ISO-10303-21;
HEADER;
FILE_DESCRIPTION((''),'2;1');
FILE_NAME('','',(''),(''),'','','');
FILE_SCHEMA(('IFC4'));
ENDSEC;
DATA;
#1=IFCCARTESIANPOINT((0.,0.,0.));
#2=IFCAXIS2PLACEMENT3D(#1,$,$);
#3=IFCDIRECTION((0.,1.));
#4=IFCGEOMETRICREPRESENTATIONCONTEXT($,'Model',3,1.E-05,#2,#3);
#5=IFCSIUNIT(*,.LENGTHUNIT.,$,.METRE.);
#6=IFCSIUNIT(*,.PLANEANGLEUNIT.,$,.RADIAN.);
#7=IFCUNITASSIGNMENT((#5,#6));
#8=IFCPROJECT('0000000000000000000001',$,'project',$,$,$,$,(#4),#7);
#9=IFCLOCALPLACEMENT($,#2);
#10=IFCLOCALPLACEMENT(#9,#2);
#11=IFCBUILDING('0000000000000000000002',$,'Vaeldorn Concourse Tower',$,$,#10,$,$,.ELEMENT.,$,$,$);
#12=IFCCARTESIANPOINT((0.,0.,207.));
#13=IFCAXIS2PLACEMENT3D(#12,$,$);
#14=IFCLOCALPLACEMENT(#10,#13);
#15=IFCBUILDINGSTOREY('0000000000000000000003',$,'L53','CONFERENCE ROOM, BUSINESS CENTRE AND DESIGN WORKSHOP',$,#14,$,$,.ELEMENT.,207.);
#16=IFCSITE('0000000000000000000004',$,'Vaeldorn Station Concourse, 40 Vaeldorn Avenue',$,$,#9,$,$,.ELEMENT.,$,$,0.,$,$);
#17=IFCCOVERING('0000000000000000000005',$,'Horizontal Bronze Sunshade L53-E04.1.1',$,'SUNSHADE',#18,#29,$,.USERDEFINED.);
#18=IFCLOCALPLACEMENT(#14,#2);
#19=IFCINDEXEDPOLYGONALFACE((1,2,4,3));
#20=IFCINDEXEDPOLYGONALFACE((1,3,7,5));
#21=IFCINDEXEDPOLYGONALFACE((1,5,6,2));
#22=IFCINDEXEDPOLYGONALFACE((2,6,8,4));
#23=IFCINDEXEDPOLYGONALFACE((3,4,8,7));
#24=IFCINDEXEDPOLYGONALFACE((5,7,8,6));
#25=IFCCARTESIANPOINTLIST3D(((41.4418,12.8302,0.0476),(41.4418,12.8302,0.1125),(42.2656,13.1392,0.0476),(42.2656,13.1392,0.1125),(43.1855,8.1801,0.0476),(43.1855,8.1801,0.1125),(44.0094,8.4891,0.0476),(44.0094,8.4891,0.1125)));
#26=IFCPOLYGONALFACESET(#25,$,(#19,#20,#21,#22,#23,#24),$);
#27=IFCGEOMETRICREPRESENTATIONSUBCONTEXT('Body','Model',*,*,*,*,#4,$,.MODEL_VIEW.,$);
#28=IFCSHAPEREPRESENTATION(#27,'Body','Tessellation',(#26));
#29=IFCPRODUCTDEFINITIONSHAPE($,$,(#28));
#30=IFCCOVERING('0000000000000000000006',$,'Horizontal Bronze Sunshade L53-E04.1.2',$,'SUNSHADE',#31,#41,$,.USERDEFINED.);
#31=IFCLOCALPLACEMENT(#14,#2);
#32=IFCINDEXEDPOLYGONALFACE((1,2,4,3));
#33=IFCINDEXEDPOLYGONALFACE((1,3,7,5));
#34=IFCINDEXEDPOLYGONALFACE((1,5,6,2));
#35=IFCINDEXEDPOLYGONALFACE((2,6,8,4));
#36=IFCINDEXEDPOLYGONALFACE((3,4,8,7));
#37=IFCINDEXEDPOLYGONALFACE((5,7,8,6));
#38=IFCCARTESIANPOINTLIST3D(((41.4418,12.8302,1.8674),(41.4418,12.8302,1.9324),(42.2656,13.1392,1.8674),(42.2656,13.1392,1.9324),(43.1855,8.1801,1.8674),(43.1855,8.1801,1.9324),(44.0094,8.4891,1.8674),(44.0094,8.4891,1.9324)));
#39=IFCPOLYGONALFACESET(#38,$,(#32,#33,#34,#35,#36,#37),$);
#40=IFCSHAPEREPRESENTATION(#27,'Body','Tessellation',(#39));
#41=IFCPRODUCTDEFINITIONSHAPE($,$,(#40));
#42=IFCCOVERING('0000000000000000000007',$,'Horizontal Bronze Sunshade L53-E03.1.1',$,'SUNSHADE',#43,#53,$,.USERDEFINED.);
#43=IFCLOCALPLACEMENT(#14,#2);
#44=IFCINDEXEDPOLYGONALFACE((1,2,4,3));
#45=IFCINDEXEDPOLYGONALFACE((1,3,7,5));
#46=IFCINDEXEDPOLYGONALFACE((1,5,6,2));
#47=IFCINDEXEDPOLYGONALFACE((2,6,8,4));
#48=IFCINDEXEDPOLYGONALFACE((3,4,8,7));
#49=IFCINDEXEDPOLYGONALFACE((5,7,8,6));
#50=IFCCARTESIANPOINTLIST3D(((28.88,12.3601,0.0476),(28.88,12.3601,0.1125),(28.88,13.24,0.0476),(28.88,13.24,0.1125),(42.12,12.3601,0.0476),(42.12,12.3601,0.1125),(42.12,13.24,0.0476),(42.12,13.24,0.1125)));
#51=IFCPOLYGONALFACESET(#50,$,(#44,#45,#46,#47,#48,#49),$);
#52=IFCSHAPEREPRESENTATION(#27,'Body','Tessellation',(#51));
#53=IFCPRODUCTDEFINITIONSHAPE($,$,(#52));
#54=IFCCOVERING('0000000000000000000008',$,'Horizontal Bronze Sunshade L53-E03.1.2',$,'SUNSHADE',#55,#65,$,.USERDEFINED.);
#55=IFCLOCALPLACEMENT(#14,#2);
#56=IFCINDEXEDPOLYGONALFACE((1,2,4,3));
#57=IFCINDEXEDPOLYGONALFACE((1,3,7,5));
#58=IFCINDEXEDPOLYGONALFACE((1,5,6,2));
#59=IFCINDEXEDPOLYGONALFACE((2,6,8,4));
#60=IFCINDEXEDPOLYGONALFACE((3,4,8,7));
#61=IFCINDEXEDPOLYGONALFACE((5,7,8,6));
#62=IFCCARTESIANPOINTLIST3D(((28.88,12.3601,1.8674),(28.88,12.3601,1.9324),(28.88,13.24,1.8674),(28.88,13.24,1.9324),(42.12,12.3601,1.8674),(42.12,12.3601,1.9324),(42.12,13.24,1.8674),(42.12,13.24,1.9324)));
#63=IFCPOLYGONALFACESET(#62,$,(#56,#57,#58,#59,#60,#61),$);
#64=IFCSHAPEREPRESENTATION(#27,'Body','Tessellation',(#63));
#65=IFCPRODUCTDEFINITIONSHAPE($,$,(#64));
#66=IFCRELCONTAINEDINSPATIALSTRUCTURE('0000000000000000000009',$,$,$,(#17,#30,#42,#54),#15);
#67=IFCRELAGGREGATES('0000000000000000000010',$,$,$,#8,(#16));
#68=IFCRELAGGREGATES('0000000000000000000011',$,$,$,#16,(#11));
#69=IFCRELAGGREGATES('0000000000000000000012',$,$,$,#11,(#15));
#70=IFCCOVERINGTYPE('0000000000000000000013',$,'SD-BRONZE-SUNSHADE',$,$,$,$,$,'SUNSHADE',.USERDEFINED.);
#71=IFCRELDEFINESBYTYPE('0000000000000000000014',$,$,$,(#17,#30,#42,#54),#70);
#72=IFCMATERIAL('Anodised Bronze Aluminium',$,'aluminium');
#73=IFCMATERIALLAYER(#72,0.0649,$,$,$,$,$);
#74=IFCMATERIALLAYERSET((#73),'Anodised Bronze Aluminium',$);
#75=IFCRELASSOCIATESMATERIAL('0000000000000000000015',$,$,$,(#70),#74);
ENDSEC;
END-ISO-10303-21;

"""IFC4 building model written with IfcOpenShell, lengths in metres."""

from ifc_helpers import new_model, si_unit, direction, frame, origin, origin_2d, place, context, subcontext, project, spatial, rectangle, extrude, source, transform, mapped, material, layer, layer_set, type_object, element, save


model = new_model("IFC4")

# Units and contexts
model_context = context("Model", 3, precision=1e-05, world=origin(), true_north=direction((0.0, 1.0)))
body_context = subcontext(model_context, "Body", "Model", "MODEL_VIEW")
ifc_project = project(units=[si_unit("LENGTHUNIT", "METRE"), si_unit("PLANEANGLEUNIT", "RADIAN")], contexts=[model_context])

# Site, building, storey
site_placement = place(None, origin())
site = spatial("IfcSite", under=ifc_project, at=site_placement, Name="Vaeldorn Station Concourse, 40 Vaeldorn Avenue", CompositionType="ELEMENT", RefElevation=0.0)
building_placement = place(site_placement, origin())
building = spatial("IfcBuilding", under=site, at=building_placement, Name="Vaeldorn Concourse Tower", CompositionType="ELEMENT")
storey_placement = place(building_placement, frame((0.0, 0.0, 207.0)))
storey = spatial("IfcBuildingStorey", under=building, at=storey_placement, Name="L53", Description="CONFERENCE ROOM, BUSINESS CENTRE AND DESIGN WORKSHOP", CompositionType="ELEMENT", Elevation=207.0)

# Shared definitions
ifc_material_1 = material(Name="Anodised Bronze Aluminium", Category="aluminium")

# Coverings
ifc_layer_1 = layer(ifc_material_1, 0.0649)
ifc_layer_set_1 = layer_set([ifc_layer_1], Name="Anodised Bronze Aluminium")
covering_type = type_object("IfcCoveringType", Name="SD-BRONZE-SUNSHADE", ElementType="SUNSHADE", PredefinedType="USERDEFINED", material=ifc_layer_set_1)
shared_shape_1 = source(origin(), body_context, "Body", "SweptSolid", [
    extrude(rectangle(XDim=4.9663, YDim=0.8799, at=origin_2d()), origin(), (0.0, 0.0, 1.0), 0.0649),
])
for number, where, z_axis, x_axis, name in (
    (1, (42.7256, 10.6597, 0.0476), (0.0, 0.0, 1.0), (0.351123, -0.936329, 0.0), "Horizontal Bronze Sunshade L53-E04.1.1"),
    (2, (42.7256, 10.6597, 1.8674), (0.0, 0.0, 1.0), (0.351123, -0.936329, 0.0), "Horizontal Bronze Sunshade L53-E04.1.2"),
):
    element("IfcCovering", number, at=place(storey_placement, frame(where, z_axis=z_axis, x_axis=x_axis)), inside=storey, type_object=covering_type, Name=name, ObjectType="SUNSHADE", PredefinedType="USERDEFINED", context=body_context, shape_type="MappedRepresentation", body=[
        mapped(shared_shape_1, transform((0.0, 0.0, 0.0), scale=1.0)),
    ])
shared_shape_2 = source(origin(), body_context, "Body", "SweptSolid", [
    extrude(rectangle(XDim=13.24, YDim=0.8799, at=origin_2d()), origin(), (0.0, 0.0, 1.0), 0.0649),
])
for number, where, z_axis, x_axis, name in (
    (3, (35.5, 12.8, 0.0476), (0.0, 0.0, 1.0), (1.0, 0.0, 0.0), "Horizontal Bronze Sunshade L53-E03.1.1"),
    (4, (35.5, 12.8, 1.8674), (0.0, 0.0, 1.0), (1.0, 0.0, 0.0), "Horizontal Bronze Sunshade L53-E03.1.2"),
):
    element("IfcCovering", number, at=place(storey_placement, frame(where, z_axis=z_axis, x_axis=x_axis)), inside=storey, type_object=covering_type, Name=name, ObjectType="SUNSHADE", PredefinedType="USERDEFINED", context=body_context, shape_type="MappedRepresentation", body=[
        mapped(shared_shape_2, transform((0.0, 0.0, 0.0), scale=1.0)),
    ])

save(model, "model.ifc")
